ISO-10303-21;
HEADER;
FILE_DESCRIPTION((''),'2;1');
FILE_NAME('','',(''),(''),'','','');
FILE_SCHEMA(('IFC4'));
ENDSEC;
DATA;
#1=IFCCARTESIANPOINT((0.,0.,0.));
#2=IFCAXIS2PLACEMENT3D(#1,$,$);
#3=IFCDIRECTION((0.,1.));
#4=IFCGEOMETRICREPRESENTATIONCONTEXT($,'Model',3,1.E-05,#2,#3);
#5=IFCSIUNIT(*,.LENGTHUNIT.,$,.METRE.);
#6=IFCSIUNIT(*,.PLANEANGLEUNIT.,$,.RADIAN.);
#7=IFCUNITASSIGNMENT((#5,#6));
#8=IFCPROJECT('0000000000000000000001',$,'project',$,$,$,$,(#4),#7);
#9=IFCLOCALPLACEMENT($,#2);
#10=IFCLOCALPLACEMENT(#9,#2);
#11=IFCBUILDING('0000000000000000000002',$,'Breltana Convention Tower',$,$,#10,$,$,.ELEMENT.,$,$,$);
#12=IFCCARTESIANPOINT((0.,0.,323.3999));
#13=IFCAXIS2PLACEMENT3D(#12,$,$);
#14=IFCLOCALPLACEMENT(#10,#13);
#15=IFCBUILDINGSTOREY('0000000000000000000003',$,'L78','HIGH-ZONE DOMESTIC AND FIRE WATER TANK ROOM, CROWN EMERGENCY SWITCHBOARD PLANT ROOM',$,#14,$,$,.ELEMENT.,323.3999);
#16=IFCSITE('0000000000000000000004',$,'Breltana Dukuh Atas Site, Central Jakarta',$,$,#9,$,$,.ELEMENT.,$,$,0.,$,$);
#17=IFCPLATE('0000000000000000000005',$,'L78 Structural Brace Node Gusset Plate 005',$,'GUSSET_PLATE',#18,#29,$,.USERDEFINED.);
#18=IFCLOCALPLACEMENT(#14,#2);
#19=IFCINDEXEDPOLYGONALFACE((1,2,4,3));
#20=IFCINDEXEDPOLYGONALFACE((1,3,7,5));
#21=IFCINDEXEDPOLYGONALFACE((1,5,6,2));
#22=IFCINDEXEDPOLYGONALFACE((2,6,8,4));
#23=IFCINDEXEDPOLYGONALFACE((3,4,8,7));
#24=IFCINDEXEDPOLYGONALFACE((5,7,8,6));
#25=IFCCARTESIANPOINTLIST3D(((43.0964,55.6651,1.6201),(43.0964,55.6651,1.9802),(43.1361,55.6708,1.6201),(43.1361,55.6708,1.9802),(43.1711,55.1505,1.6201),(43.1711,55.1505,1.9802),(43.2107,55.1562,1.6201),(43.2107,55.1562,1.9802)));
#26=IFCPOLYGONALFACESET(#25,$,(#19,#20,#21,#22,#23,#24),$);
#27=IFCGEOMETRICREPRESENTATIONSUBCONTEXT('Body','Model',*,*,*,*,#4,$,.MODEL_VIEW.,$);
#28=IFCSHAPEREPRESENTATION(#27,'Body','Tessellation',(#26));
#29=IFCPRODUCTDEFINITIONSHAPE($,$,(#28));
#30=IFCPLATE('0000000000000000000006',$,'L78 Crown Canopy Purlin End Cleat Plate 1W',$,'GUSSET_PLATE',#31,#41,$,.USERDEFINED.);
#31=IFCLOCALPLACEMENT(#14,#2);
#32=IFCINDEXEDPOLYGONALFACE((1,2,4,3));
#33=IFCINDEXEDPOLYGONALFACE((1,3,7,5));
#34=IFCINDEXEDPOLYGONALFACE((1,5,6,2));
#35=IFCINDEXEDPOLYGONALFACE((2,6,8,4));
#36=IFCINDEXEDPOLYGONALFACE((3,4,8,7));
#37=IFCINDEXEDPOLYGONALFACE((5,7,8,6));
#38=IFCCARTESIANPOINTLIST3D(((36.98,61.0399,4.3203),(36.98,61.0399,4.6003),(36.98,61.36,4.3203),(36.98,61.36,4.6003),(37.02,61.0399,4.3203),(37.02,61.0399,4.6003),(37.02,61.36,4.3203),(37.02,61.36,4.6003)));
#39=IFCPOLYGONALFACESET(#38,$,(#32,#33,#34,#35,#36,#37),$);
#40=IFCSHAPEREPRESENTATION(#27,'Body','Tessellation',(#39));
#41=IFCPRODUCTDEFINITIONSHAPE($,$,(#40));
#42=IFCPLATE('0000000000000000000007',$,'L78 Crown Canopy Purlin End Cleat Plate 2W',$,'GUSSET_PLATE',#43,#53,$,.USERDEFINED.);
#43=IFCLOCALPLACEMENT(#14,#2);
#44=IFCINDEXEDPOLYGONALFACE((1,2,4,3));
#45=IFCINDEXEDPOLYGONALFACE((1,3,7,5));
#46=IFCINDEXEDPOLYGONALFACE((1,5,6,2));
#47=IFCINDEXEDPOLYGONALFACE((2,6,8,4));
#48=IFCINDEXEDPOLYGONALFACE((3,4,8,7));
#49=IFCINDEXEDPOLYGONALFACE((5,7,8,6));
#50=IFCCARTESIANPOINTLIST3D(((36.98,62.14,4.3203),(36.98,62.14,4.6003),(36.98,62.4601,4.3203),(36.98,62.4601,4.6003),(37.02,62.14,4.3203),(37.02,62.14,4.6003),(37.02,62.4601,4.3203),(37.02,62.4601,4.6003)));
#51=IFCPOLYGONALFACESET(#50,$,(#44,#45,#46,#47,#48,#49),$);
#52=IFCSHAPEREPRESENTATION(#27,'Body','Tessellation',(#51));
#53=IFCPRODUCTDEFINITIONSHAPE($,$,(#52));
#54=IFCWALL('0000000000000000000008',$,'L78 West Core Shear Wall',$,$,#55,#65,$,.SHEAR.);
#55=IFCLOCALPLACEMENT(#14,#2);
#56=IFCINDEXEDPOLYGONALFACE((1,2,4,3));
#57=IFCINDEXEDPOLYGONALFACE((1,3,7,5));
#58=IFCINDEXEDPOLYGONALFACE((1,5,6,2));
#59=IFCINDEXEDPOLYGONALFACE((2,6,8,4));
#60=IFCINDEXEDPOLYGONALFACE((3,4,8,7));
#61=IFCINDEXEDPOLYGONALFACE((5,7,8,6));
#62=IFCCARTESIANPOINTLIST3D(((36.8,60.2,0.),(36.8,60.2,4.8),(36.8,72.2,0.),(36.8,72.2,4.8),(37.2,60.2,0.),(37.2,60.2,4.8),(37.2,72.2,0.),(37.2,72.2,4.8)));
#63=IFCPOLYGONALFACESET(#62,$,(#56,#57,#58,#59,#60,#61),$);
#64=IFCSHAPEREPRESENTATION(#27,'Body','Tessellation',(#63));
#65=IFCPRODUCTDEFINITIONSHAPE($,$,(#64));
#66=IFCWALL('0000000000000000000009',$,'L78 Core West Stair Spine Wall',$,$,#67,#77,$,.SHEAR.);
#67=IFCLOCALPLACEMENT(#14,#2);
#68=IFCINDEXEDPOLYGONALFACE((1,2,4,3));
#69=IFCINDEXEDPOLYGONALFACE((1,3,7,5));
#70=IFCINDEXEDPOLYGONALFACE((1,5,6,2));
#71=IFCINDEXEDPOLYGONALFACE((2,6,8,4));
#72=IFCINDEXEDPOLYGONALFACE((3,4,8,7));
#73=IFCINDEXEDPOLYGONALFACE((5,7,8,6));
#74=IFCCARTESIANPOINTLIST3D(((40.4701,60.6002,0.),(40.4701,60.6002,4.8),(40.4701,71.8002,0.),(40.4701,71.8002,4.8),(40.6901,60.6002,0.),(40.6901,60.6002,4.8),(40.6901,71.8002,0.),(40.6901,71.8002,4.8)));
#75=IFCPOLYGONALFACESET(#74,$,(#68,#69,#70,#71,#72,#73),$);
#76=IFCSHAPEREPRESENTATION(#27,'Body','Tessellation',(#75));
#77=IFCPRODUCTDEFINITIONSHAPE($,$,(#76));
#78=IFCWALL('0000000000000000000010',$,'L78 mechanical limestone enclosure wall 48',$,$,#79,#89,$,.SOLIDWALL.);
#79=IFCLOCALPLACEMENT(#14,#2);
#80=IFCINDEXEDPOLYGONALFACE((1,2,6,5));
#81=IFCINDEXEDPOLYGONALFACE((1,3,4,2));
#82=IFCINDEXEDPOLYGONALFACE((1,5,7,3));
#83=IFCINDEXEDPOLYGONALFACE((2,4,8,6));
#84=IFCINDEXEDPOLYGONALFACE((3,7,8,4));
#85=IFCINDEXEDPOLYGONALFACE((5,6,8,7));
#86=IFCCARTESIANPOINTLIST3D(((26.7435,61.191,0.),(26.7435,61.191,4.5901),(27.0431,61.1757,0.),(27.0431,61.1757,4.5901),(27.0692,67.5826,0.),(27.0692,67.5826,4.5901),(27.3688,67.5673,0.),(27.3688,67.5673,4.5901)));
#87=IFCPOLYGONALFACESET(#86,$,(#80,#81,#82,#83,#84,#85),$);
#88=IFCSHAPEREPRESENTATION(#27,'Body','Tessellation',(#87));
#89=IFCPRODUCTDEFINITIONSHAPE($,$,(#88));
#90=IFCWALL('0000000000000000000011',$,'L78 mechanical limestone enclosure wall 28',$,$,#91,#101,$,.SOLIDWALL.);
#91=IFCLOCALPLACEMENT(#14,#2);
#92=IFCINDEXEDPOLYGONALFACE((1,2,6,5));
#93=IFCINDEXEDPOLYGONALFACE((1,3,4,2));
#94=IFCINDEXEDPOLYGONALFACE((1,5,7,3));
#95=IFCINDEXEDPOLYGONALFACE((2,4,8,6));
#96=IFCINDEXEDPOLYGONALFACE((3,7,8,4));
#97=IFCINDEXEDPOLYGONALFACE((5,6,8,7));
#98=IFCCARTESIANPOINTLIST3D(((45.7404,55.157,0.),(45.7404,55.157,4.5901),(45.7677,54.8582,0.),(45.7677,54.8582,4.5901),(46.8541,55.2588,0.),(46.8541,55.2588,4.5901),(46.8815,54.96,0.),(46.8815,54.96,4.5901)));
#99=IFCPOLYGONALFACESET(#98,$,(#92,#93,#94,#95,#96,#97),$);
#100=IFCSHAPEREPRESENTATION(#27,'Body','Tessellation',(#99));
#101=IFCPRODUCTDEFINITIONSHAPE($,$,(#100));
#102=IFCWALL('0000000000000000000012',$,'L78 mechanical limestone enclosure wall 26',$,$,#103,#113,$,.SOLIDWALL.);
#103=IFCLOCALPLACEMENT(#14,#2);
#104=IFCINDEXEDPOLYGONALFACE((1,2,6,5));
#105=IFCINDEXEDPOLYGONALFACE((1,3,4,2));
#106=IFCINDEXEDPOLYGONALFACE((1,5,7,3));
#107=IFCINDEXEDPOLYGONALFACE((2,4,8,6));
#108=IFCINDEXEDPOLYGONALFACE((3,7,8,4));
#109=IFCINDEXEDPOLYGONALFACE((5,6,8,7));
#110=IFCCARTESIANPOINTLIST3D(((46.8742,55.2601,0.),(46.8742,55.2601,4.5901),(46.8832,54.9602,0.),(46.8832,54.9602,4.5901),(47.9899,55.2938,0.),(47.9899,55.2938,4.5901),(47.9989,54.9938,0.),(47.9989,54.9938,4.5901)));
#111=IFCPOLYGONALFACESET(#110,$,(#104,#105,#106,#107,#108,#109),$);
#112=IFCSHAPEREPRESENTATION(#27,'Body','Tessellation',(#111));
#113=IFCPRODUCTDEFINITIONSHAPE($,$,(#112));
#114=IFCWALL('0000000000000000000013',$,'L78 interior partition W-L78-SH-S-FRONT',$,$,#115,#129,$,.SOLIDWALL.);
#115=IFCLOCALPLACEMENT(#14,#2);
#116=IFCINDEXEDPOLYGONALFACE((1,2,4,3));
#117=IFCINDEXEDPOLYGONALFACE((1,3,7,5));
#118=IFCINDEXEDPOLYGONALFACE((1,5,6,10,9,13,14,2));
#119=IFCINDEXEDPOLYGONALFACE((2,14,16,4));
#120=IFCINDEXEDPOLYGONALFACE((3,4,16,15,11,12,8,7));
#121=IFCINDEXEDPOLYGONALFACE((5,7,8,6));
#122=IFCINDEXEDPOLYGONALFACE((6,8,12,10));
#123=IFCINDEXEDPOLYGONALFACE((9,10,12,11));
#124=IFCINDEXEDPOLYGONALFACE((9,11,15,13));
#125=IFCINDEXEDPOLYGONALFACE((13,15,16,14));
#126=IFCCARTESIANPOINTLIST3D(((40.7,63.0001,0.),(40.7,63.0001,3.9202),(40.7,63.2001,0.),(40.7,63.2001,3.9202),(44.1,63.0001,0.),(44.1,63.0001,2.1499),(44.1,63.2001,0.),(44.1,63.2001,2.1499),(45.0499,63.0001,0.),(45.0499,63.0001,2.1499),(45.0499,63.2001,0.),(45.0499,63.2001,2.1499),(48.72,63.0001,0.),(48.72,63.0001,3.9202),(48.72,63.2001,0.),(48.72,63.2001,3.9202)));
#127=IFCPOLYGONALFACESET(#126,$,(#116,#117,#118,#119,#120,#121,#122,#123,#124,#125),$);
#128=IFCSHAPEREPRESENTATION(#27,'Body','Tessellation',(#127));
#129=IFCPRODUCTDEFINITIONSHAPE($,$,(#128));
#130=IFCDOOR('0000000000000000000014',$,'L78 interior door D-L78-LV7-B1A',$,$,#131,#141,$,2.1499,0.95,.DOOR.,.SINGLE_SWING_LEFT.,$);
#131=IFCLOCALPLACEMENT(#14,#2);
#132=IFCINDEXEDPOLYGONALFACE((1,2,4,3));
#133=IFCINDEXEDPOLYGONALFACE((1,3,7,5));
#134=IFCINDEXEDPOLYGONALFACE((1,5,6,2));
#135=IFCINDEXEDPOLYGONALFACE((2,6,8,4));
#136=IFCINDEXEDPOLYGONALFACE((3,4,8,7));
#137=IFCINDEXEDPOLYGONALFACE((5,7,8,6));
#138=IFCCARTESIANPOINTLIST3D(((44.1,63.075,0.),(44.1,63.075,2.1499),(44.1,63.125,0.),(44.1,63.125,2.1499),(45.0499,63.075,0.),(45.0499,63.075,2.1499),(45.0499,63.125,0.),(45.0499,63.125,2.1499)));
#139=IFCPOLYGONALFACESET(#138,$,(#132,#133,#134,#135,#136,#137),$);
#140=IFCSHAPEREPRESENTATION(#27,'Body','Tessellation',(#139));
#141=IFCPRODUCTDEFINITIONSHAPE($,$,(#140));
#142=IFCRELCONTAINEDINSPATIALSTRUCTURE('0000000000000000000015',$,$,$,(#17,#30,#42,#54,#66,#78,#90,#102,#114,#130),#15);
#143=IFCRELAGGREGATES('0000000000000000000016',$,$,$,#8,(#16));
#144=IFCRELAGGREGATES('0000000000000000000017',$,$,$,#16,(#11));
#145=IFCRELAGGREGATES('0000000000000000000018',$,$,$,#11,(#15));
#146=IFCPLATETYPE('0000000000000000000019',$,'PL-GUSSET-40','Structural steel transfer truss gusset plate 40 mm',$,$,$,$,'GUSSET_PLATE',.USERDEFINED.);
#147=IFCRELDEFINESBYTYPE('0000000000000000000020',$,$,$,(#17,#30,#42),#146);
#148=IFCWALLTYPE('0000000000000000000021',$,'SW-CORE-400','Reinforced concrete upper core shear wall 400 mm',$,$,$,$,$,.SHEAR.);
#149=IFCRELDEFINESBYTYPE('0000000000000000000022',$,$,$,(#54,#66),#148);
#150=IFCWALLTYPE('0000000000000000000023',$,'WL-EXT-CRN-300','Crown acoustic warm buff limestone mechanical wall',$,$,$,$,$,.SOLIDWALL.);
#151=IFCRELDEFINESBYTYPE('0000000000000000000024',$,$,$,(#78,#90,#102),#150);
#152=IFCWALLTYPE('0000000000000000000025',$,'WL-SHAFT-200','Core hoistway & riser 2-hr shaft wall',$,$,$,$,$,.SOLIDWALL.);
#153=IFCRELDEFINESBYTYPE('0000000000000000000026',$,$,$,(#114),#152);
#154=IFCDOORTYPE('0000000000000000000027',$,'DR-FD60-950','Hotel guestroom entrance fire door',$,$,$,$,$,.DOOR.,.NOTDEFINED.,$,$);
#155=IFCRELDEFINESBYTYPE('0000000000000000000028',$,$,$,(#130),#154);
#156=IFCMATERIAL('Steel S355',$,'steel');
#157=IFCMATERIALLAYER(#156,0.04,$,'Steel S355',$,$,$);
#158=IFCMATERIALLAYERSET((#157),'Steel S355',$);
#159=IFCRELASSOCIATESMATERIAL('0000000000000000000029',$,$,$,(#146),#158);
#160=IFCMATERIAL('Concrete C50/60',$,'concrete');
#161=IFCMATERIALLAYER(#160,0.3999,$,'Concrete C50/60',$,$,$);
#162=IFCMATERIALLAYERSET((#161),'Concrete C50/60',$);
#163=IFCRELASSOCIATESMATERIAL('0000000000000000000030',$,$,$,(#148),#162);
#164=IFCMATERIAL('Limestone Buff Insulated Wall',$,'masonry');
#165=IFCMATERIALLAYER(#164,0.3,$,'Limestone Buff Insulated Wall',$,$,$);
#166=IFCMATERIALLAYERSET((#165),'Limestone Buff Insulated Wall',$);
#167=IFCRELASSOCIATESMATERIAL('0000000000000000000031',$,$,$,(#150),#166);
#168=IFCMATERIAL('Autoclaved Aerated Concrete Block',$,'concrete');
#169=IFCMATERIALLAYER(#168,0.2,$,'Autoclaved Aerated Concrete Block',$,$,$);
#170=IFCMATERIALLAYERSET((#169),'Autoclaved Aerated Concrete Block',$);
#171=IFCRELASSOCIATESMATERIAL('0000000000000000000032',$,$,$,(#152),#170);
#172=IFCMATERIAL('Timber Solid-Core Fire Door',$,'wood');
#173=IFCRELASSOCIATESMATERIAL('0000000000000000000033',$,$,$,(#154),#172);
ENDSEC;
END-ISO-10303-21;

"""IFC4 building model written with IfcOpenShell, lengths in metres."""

from ifc_helpers import new_model, si_unit, direction, frame, frame_2d, origin, origin_2d, place, context, subcontext, project, spatial, rectangle, extrude, source, transform, mapped, material, layer, layer_set, type_object, type_shapes, element, fill, save


model = new_model("IFC4")

# Units and contexts
model_context = context("Model", 3, precision=1e-05, world=origin(), true_north=direction((0.0, 1.0)))
body_context = subcontext(model_context, "Body", "Model", "MODEL_VIEW")
ifc_project = project(units=[si_unit("LENGTHUNIT", "METRE"), si_unit("PLANEANGLEUNIT", "RADIAN")], contexts=[model_context])

# Site, building, storey
site_placement = place(None, origin())
site = spatial("IfcSite", under=ifc_project, at=site_placement, Name="Breltana Dukuh Atas Site, Central Jakarta", CompositionType="ELEMENT", RefElevation=0.0)
building_placement = place(site_placement, origin())
building = spatial("IfcBuilding", under=site, at=building_placement, Name="Breltana Convention Tower", CompositionType="ELEMENT")
storey_placement = place(building_placement, frame((0.0, 0.0, 323.3999)))
storey = spatial("IfcBuildingStorey", under=building, at=storey_placement, Name="L78", Description="HIGH-ZONE DOMESTIC AND FIRE WATER TANK ROOM, CROWN EMERGENCY SWITCHBOARD PLANT ROOM", CompositionType="ELEMENT", Elevation=323.3999)

# Shared definitions
ifc_material_1 = material(Name="Steel S355", Category="steel")

# Plates
ifc_layer_1 = layer(ifc_material_1, 0.04, Name="Steel S355")
ifc_layer_set_1 = layer_set([ifc_layer_1], Name="Steel S355")
plate_type = type_object("IfcPlateType", Name="PL-GUSSET-40", Description="Structural steel transfer truss gusset plate 40 mm", ElementType="GUSSET_PLATE", PredefinedType="USERDEFINED", material=ifc_layer_set_1)
shared_shape_1 = source(origin(), body_context, "Body", "SweptSolid", [
    extrude(rectangle(XDim=0.52, YDim=0.04, at=origin_2d()), origin(), (0.0, 0.0, 1.0), 0.3601),
])
plate_placement = place(storey_placement, frame((43.1536, 55.4106, 1.6201), z_axis=(0.0, 0.0, 1.0), x_axis=(0.143493, -0.989651, 0.0)))
element("IfcPlate", 1, at=plate_placement, inside=storey, type_object=plate_type, Name="L78 Structural Brace Node Gusset Plate 005", ObjectType="GUSSET_PLATE", PredefinedType="USERDEFINED", context=body_context, shape_type="MappedRepresentation", body=[
    mapped(shared_shape_1, transform((0.0, 0.0, 0.0), scale=1.0)),
])
shared_shape_2 = source(origin(), body_context, "Body", "SweptSolid", [
    extrude(rectangle(XDim=0.04, YDim=0.3201, at=origin_2d()), origin(), (0.0, 0.0, 1.0), 0.28),
])
for number, where, z_axis, x_axis, name in (
    (2, (37.0, 61.2, 4.3203), (0.0, 0.0, 1.0), (1.0, 0.0, 0.0), "L78 Crown Canopy Purlin End Cleat Plate 1W"),
    (3, (37.0, 62.3, 4.3203), (0.0, 0.0, 1.0), (1.0, 0.0, 0.0), "L78 Crown Canopy Purlin End Cleat Plate 2W"),
):
    element("IfcPlate", number, at=place(storey_placement, frame(where, z_axis=z_axis, x_axis=x_axis)), inside=storey, type_object=plate_type, Name=name, ObjectType="GUSSET_PLATE", PredefinedType="USERDEFINED", context=body_context, shape_type="MappedRepresentation", body=[
        mapped(shared_shape_2, transform((0.0, 0.0, 0.0), scale=1.0)),
    ])

# Wall
ifc_material_2 = material(Name="Concrete C50/60", Category="concrete")
ifc_layer_2 = layer(ifc_material_2, 0.3999, Name="Concrete C50/60")
ifc_layer_set_2 = layer_set([ifc_layer_2], Name="Concrete C50/60")
wall_type_1 = type_object("IfcWallType", Name="SW-CORE-400", Description="Reinforced concrete upper core shear wall 400 mm", PredefinedType="SHEAR", material=ifc_layer_set_2)
shared_shape_3 = source(origin(), body_context, "Body", "SweptSolid", [
    extrude(rectangle(XDim=12.0, YDim=0.3999, at=frame_2d((6.0, 0.0))), origin(), (0.0, 0.0, 1.0), 4.8),
])
wall_1_placement = place(storey_placement, frame((37.0, 60.2, 0.0), z_axis=(0.0, 0.0, 1.0), x_axis=(0.0, 1.0, 0.0)))
element("IfcWall", 4, at=wall_1_placement, inside=storey, type_object=wall_type_1, Name="L78 West Core Shear Wall", PredefinedType="SHEAR", context=body_context, shape_type="MappedRepresentation", body=[
    mapped(shared_shape_3, transform((0.0, 0.0, 0.0), scale=1.0)),
])

# Walls
shared_shape_4 = source(origin(), body_context, "Body", "SweptSolid", [
    extrude(rectangle(XDim=11.2, YDim=0.22, at=frame_2d((5.6001, 0.0))), origin(), (0.0, 0.0, 1.0), 4.8),
])
wall_2_placement = place(storey_placement, frame((40.5801, 60.6001, 0.0), z_axis=(0.0, 0.0, 1.0), x_axis=(0.0, 1.0, 0.0)))
element("IfcWall", 5, at=wall_2_placement, inside=storey, type_object=wall_type_1, Name="L78 Core West Stair Spine Wall", PredefinedType="SHEAR", context=body_context, shape_type="MappedRepresentation", body=[
    mapped(shared_shape_4, transform((0.0, 0.0, 0.0), scale=1.0)),
])
ifc_material_3 = material(Name="Limestone Buff Insulated Wall", Category="masonry")
ifc_layer_3 = layer(ifc_material_3, 0.3, Name="Limestone Buff Insulated Wall")
ifc_layer_set_3 = layer_set([ifc_layer_3], Name="Limestone Buff Insulated Wall")
wall_type_2 = type_object("IfcWallType", Name="WL-EXT-CRN-300", Description="Crown acoustic warm buff limestone mechanical wall", PredefinedType="SOLIDWALL", material=ifc_layer_set_3)
shared_shape_5 = source(origin(), body_context, "Body", "SweptSolid", [
    extrude(rectangle(XDim=6.3999, YDim=0.3, at=frame_2d((3.2, 0.0))), origin(), (0.0, 0.0, 1.0), 4.5901),
])
wall_3_placement = place(storey_placement, frame((26.8933, 61.1833, 0.0), z_axis=(0.0, 0.0, 1.0), x_axis=(0.050889, 0.998704, 0.0)))
element("IfcWall", 6, at=wall_3_placement, inside=storey, type_object=wall_type_2, Name="L78 mechanical limestone enclosure wall 48", PredefinedType="SOLIDWALL", context=body_context, shape_type="MappedRepresentation", body=[
    mapped(shared_shape_5, transform((0.0, 0.0, 0.0), scale=1.0)),
])
shared_shape_6 = source(origin(), body_context, "Body", "SweptSolid", [
    extrude(rectangle(XDim=1.1184, YDim=0.3, at=frame_2d((0.5591, 0.0))), origin(), (0.0, 0.0, 1.0), 4.5901),
])
wall_4_placement = place(storey_placement, frame((46.8677, 55.1094, 0.0), z_axis=(0.0, 0.0, 1.0), x_axis=(-0.995848, -0.091028, 0.0)))
element("IfcWall", 7, at=wall_4_placement, inside=storey, type_object=wall_type_2, Name="L78 mechanical limestone enclosure wall 28", PredefinedType="SOLIDWALL", context=body_context, shape_type="MappedRepresentation", body=[
    mapped(shared_shape_6, transform((0.0, 0.0, 0.0), scale=1.0)),
])
shared_shape_7 = source(origin(), body_context, "Body", "SweptSolid", [
    extrude(rectangle(XDim=1.1162, YDim=0.3, at=frame_2d((0.5581, 0.0))), origin(), (0.0, 0.0, 1.0), 4.5901),
])
wall_5_placement = place(storey_placement, frame((47.9944, 55.1438, 0.0), z_axis=(0.0, 0.0, 1.0), x_axis=(-0.999544, -0.030183, 0.0)))
element("IfcWall", 8, at=wall_5_placement, inside=storey, type_object=wall_type_2, Name="L78 mechanical limestone enclosure wall 26", PredefinedType="SOLIDWALL", context=body_context, shape_type="MappedRepresentation", body=[
    mapped(shared_shape_7, transform((0.0, 0.0, 0.0), scale=1.0)),
])

# Wall, opening, door
ifc_material_4 = material(Name="Autoclaved Aerated Concrete Block", Category="concrete")
ifc_layer_4 = layer(ifc_material_4, 0.2, Name="Autoclaved Aerated Concrete Block")
ifc_layer_set_4 = layer_set([ifc_layer_4], Name="Autoclaved Aerated Concrete Block")
wall_type_3 = type_object("IfcWallType", Name="WL-SHAFT-200", Description="Core hoistway & riser 2-hr shaft wall", PredefinedType="SOLIDWALL", material=ifc_layer_set_4)
shared_shape_8 = source(origin(), body_context, "Body", "SweptSolid", [
    extrude(rectangle(XDim=8.02, YDim=0.2, at=frame_2d((4.01, 0.0))), origin(), (0.0, 0.0, 1.0), 3.9202),
])
wall_6_placement = place(storey_placement, frame((40.7, 63.1001, 0.0), z_axis=(0.0, 0.0, 1.0), x_axis=(1.0, 0.0, 0.0)))
wall_6 = element("IfcWall", 9, at=wall_6_placement, inside=storey, type_object=wall_type_3, Name="L78 interior partition W-L78-SH-S-FRONT", PredefinedType="SOLIDWALL", context=body_context, shape_type="MappedRepresentation", body=[
    mapped(shared_shape_8, transform((0.0, 0.0, 0.0), scale=1.0)),
])
opening_1_placement = place(wall_6_placement, frame((3.3999, 0.0, 0.0)))
opening_1 = element("IfcOpeningElement", 10, at=opening_1_placement, cuts=wall_6, PredefinedType="OPENING", context=body_context, shape_type="SweptSolid", body=[
    extrude(rectangle(XDim=0.95, YDim=2.1499, at=frame_2d((0.4751, 1.075))), frame((0.0, 0.1099, 0.0), z_axis=(0.0, -1.0, 0.0), x_axis=(1.0, 0.0, 0.0)), (0.0, 0.0, 1.0), 0.22),
])
ifc_material_5 = material(Name="Timber Solid-Core Fire Door", Category="wood")
door_type_1 = type_object("IfcDoorType", Name="DR-FD60-950", Description="Hotel guestroom entrance fire door", OperationType="NOTDEFINED", PredefinedType="DOOR", material=ifc_material_5)
shared_shape_9 = source(origin(), body_context, "Body", "SweptSolid", [
    extrude(rectangle(XDim=0.95, YDim=2.1499, at=frame_2d((0.4751, 1.075))), frame((0.0, 0.0249, 0.0), z_axis=(0.0, -1.0, 0.0), x_axis=(1.0, 0.0, 0.0)), (0.0, 0.0, 1.0), 0.05),
])
type_shapes(door_type_1, [shared_shape_9])
door_1_placement = place(opening_1_placement, origin())
door_1 = element("IfcDoor", 11, at=door_1_placement, inside=storey, type_object=door_type_1, Name="L78 interior door D-L78-LV7-B1A", OperationType="SINGLE_SWING_LEFT", OverallHeight=2.1499, OverallWidth=0.95, PredefinedType="DOOR", context=body_context, shape_type="MappedRepresentation", body=[
    mapped(shared_shape_9, transform((0.0, 0.0, 0.0), scale=1.0)),
])
fill(opening_1, door_1)

save(model, "model.ifc")
